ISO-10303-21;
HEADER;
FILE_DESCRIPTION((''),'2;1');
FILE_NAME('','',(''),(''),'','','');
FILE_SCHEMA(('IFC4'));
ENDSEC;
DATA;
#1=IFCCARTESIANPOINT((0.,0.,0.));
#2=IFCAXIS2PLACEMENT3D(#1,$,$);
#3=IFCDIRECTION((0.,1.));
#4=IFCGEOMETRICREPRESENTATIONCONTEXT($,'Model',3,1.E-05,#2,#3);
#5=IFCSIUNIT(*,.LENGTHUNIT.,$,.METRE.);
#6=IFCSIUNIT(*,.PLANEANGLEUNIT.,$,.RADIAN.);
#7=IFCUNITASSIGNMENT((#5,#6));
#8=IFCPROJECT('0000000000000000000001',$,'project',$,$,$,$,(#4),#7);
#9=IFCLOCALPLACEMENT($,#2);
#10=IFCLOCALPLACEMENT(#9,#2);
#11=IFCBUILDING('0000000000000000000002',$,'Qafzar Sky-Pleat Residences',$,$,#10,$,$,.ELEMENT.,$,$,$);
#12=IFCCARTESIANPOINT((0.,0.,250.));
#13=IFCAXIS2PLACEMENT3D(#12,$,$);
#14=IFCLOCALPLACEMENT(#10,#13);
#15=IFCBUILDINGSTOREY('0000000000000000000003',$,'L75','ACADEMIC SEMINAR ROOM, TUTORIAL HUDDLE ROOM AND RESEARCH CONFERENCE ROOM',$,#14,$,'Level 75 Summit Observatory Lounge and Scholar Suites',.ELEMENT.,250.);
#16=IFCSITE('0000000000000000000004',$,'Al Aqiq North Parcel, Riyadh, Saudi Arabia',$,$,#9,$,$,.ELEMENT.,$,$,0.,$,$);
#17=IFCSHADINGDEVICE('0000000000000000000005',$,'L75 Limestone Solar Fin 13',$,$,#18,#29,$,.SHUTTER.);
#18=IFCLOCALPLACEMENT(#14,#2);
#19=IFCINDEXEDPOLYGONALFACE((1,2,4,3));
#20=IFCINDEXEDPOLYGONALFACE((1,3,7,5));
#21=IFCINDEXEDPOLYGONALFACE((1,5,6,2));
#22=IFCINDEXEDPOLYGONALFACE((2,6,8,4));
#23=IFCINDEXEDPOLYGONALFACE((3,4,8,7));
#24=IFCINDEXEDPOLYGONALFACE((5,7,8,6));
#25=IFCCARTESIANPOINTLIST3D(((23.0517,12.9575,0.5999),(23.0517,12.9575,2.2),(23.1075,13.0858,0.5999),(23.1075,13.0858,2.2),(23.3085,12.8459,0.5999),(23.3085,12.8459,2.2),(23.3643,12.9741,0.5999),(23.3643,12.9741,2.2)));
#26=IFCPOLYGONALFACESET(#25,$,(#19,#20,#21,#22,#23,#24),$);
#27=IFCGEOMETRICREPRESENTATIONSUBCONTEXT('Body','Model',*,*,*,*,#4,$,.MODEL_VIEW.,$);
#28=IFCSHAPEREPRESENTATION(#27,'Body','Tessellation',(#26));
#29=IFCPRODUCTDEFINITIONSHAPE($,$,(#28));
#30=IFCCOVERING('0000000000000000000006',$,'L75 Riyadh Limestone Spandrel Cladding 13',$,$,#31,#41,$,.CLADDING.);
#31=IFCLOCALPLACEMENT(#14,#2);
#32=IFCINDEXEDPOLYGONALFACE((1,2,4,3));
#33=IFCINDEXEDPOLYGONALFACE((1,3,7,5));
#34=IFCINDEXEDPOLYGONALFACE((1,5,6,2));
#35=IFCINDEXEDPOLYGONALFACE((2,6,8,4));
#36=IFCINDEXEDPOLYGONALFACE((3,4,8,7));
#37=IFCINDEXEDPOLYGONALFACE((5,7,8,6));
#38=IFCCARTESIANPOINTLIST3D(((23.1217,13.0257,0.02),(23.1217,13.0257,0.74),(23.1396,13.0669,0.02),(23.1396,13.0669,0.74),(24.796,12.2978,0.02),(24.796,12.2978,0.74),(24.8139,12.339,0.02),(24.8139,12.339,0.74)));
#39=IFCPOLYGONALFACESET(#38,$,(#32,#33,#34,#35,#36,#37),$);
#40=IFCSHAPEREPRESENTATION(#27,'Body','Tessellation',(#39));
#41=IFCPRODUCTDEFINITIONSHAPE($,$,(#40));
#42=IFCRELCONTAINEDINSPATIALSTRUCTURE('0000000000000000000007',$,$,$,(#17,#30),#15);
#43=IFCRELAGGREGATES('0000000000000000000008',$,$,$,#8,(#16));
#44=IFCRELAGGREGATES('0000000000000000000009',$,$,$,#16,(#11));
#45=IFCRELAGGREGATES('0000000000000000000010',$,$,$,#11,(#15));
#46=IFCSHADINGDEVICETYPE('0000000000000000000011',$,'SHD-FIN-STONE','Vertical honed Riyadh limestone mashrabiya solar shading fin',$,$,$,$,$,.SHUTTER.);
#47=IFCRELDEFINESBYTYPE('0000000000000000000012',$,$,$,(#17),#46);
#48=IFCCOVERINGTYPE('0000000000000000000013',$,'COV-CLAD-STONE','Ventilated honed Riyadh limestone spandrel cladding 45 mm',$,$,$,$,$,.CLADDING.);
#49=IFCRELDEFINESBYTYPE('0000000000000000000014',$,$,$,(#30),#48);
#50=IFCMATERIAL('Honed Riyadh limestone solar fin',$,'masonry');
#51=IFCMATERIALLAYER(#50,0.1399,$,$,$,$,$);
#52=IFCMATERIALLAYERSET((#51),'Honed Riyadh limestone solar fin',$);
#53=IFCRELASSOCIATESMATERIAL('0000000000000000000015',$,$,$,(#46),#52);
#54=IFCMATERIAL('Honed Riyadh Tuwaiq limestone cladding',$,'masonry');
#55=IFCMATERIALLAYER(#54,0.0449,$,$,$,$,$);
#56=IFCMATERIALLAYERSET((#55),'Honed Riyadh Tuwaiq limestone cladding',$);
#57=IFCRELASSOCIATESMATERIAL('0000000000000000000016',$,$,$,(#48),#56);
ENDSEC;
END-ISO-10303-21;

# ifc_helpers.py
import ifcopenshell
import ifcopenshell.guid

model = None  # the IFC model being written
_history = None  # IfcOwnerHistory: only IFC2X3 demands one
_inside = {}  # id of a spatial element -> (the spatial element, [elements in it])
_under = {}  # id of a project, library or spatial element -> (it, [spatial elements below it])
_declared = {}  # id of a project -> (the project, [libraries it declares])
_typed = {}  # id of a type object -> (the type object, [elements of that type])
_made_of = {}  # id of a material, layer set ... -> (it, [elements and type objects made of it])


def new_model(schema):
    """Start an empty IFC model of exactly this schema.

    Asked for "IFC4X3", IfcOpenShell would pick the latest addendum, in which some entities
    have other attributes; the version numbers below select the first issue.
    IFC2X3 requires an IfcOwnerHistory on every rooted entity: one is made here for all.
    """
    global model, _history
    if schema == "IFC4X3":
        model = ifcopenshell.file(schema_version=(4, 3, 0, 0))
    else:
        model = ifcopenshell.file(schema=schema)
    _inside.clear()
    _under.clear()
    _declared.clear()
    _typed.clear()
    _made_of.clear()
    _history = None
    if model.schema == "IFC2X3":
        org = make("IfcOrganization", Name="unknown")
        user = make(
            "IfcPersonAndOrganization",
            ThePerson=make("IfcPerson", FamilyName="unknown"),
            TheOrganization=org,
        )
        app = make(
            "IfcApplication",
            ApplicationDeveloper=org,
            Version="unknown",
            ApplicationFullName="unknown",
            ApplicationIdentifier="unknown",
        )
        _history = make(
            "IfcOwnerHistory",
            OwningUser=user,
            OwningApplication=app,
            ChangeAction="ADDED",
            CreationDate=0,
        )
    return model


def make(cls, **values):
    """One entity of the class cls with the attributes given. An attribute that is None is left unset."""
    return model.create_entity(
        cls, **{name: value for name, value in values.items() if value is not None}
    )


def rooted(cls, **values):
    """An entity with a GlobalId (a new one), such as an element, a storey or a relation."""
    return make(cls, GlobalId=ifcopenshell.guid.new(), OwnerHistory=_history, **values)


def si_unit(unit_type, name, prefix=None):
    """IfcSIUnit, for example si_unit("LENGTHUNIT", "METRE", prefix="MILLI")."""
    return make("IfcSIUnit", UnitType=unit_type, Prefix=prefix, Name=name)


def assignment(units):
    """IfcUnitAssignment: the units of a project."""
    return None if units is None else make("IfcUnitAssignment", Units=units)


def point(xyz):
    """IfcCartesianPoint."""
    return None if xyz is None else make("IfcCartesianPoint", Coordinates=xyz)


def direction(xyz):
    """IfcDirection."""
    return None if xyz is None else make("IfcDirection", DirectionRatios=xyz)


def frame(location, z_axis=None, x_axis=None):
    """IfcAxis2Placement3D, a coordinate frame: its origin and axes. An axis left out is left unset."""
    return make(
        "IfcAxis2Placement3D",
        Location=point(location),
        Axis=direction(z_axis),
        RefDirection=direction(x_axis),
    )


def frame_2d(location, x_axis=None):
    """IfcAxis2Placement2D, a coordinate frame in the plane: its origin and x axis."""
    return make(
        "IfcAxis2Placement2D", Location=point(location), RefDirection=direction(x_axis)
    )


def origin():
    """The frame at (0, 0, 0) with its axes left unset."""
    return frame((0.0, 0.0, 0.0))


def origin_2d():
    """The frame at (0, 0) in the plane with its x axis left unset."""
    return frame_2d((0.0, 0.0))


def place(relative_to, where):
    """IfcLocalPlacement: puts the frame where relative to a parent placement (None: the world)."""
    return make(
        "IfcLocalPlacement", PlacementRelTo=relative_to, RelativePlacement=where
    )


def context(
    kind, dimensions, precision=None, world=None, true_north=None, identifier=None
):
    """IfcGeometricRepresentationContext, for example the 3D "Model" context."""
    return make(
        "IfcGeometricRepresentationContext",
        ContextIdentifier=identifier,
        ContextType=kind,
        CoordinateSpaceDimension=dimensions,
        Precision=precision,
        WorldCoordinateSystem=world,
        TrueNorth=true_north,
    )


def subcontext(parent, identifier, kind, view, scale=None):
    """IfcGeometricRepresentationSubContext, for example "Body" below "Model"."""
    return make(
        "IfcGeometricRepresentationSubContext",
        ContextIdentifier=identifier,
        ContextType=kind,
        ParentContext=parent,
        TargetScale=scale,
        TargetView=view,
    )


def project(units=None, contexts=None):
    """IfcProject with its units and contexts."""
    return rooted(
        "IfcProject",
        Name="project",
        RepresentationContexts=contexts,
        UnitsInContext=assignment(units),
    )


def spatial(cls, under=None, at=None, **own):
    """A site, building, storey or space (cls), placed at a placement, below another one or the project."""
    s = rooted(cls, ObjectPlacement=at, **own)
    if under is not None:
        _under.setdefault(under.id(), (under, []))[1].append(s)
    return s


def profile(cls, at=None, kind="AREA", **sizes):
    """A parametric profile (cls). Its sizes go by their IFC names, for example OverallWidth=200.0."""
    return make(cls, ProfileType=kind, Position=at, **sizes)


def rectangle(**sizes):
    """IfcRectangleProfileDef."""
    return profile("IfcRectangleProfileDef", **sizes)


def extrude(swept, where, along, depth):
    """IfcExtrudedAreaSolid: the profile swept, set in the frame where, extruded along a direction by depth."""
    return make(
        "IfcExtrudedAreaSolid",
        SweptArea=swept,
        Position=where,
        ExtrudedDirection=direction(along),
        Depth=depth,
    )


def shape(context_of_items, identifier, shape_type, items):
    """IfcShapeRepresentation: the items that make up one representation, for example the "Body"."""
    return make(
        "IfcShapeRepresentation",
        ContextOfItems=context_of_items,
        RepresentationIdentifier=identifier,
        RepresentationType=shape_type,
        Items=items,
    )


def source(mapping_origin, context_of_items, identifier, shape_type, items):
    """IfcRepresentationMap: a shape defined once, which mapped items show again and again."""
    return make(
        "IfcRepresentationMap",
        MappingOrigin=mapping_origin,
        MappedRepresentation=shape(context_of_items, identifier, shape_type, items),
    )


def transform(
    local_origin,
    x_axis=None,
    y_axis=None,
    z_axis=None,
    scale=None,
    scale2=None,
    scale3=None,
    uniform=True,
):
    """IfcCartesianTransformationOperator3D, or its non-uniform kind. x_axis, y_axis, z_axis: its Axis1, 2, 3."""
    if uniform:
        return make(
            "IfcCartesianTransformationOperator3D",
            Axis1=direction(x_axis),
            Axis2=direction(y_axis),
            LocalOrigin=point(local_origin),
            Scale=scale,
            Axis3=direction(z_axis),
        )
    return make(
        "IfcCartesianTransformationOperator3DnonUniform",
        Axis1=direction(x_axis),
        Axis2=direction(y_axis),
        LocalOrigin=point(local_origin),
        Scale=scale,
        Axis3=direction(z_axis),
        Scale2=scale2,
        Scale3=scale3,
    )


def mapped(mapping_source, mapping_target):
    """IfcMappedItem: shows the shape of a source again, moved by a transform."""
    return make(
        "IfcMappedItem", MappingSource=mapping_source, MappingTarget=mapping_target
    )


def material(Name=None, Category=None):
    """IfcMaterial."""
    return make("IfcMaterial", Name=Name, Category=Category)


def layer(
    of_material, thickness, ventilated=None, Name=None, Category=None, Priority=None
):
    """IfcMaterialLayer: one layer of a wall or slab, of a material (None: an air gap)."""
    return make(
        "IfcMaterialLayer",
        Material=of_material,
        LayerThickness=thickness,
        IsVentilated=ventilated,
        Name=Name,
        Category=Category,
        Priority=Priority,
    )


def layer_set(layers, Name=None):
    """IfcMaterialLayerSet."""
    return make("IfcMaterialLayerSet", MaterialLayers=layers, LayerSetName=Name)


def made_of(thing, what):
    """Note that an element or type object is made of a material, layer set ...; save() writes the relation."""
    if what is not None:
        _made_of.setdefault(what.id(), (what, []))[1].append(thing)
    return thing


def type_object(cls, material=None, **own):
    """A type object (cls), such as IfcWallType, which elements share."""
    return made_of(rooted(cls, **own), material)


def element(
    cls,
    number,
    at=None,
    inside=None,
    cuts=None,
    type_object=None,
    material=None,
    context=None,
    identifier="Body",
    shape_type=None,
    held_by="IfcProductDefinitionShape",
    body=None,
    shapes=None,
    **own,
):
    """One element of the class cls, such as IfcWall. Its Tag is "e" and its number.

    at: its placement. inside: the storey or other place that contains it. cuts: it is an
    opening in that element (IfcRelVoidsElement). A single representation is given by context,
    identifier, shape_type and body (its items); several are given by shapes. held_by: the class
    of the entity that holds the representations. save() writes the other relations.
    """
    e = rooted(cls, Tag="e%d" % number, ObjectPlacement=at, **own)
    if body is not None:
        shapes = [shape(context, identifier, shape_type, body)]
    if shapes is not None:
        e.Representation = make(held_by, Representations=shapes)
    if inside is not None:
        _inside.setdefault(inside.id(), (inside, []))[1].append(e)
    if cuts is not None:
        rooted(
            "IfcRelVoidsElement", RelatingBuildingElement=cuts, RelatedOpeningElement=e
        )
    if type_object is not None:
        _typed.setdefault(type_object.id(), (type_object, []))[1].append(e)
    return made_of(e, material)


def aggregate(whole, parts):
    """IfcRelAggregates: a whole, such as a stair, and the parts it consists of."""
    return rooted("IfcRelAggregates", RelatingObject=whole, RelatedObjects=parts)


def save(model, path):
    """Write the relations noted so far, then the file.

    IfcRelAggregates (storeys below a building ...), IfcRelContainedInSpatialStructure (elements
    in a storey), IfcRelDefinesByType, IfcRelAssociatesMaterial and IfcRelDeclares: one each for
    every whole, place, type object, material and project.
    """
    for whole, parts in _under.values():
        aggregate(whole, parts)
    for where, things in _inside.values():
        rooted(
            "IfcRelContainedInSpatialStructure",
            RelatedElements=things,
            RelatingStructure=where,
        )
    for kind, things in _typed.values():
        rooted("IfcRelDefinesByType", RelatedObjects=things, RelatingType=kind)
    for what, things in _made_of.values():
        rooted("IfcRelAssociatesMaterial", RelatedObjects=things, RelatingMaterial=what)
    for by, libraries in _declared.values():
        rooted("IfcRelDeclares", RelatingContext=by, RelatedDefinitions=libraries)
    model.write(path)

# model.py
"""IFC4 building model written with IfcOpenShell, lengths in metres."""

from ifc_helpers import new_model, si_unit, direction, frame, origin, origin_2d, place, context, subcontext, project, spatial, rectangle, extrude, source, transform, mapped, material, layer, layer_set, type_object, element, save


model = new_model("IFC4")

# Units and contexts
model_context = context("Model", 3, precision=1e-05, world=origin(), true_north=direction((0.0, 1.0)))
body_context = subcontext(model_context, "Body", "Model", "MODEL_VIEW")
ifc_project = project(units=[si_unit("LENGTHUNIT", "METRE"), si_unit("PLANEANGLEUNIT", "RADIAN")], contexts=[model_context])

# Site, building, storey
site_placement = place(None, origin())
site = spatial("IfcSite", under=ifc_project, at=site_placement, Name="Al Aqiq North Parcel, Riyadh, Saudi Arabia", CompositionType="ELEMENT", RefElevation=0.0)
building_placement = place(site_placement, origin())
building = spatial("IfcBuilding", under=site, at=building_placement, Name="Qafzar Sky-Pleat Residences", CompositionType="ELEMENT")
storey_placement = place(building_placement, frame((0.0, 0.0, 250.0)))
storey = spatial("IfcBuildingStorey", under=building, at=storey_placement, Name="L75", Description="ACADEMIC SEMINAR ROOM, TUTORIAL HUDDLE ROOM AND RESEARCH CONFERENCE ROOM", LongName="Level 75 Summit Observatory Lounge and Scholar Suites", CompositionType="ELEMENT", Elevation=250.0)

# Shading device
ifc_material_1 = material(Name="Honed Riyadh limestone solar fin", Category="masonry")
ifc_layer_1 = layer(ifc_material_1, 0.1399)
ifc_layer_set_1 = layer_set([ifc_layer_1], Name="Honed Riyadh limestone solar fin")
shading_device_type = type_object("IfcShadingDeviceType", Name="SHD-FIN-STONE", Description="Vertical honed Riyadh limestone mashrabiya solar shading fin", PredefinedType="SHUTTER", material=ifc_layer_set_1)
shared_shape_1 = source(origin(), body_context, "Body", "SweptSolid", [
    extrude(rectangle(XDim=0.1399, YDim=0.28, at=origin_2d()), origin(), (0.0, 0.0, 1.0), 1.6001),
])
shading_device_placement = place(storey_placement, frame((23.208, 12.9658, 0.5999), z_axis=(0.0, 0.0, 1.0), x_axis=(-0.3987, -0.917082, 0.0)))
element("IfcShadingDevice", 1, at=shading_device_placement, inside=storey, type_object=shading_device_type, Name="L75 Limestone Solar Fin 13", PredefinedType="SHUTTER", context=body_context, shape_type="MappedRepresentation", body=[
    mapped(shared_shape_1, transform((0.0, 0.0, 0.0), x_axis=(1.0, 0.0, 0.0), y_axis=(0.0, 1.0, 0.0), z_axis=(0.0, 0.0, 1.0), scale=1.0)),
])

# Covering
ifc_material_2 = material(Name="Honed Riyadh Tuwaiq limestone cladding", Category="masonry")
ifc_layer_2 = layer(ifc_material_2, 0.0449)
ifc_layer_set_2 = layer_set([ifc_layer_2], Name="Honed Riyadh Tuwaiq limestone cladding")
covering_type = type_object("IfcCoveringType", Name="COV-CLAD-STONE", Description="Ventilated honed Riyadh limestone spandrel cladding 45 mm", PredefinedType="CLADDING", material=ifc_layer_set_2)
shared_shape_2 = source(origin(), body_context, "Body", "SweptSolid", [
    extrude(rectangle(XDim=1.8257, YDim=0.0449, at=origin_2d()), origin(), (0.0, 0.0, 1.0), 0.72),
])
covering_placement = place(storey_placement, frame((23.9678, 12.6824, 0.02), z_axis=(0.0, 0.0, 1.0), x_axis=(0.917075, -0.398715, 0.0)))
element("IfcCovering", 2, at=covering_placement, inside=storey, type_object=covering_type, Name="L75 Riyadh Limestone Spandrel Cladding 13", PredefinedType="CLADDING", context=body_context, shape_type="MappedRepresentation", body=[
    mapped(shared_shape_2, transform((0.0, 0.0, 0.0), x_axis=(1.0, 0.0, 0.0), y_axis=(0.0, 1.0, 0.0), z_axis=(0.0, 0.0, 1.0), scale=1.0)),
])

save(model, "model.ifc")
